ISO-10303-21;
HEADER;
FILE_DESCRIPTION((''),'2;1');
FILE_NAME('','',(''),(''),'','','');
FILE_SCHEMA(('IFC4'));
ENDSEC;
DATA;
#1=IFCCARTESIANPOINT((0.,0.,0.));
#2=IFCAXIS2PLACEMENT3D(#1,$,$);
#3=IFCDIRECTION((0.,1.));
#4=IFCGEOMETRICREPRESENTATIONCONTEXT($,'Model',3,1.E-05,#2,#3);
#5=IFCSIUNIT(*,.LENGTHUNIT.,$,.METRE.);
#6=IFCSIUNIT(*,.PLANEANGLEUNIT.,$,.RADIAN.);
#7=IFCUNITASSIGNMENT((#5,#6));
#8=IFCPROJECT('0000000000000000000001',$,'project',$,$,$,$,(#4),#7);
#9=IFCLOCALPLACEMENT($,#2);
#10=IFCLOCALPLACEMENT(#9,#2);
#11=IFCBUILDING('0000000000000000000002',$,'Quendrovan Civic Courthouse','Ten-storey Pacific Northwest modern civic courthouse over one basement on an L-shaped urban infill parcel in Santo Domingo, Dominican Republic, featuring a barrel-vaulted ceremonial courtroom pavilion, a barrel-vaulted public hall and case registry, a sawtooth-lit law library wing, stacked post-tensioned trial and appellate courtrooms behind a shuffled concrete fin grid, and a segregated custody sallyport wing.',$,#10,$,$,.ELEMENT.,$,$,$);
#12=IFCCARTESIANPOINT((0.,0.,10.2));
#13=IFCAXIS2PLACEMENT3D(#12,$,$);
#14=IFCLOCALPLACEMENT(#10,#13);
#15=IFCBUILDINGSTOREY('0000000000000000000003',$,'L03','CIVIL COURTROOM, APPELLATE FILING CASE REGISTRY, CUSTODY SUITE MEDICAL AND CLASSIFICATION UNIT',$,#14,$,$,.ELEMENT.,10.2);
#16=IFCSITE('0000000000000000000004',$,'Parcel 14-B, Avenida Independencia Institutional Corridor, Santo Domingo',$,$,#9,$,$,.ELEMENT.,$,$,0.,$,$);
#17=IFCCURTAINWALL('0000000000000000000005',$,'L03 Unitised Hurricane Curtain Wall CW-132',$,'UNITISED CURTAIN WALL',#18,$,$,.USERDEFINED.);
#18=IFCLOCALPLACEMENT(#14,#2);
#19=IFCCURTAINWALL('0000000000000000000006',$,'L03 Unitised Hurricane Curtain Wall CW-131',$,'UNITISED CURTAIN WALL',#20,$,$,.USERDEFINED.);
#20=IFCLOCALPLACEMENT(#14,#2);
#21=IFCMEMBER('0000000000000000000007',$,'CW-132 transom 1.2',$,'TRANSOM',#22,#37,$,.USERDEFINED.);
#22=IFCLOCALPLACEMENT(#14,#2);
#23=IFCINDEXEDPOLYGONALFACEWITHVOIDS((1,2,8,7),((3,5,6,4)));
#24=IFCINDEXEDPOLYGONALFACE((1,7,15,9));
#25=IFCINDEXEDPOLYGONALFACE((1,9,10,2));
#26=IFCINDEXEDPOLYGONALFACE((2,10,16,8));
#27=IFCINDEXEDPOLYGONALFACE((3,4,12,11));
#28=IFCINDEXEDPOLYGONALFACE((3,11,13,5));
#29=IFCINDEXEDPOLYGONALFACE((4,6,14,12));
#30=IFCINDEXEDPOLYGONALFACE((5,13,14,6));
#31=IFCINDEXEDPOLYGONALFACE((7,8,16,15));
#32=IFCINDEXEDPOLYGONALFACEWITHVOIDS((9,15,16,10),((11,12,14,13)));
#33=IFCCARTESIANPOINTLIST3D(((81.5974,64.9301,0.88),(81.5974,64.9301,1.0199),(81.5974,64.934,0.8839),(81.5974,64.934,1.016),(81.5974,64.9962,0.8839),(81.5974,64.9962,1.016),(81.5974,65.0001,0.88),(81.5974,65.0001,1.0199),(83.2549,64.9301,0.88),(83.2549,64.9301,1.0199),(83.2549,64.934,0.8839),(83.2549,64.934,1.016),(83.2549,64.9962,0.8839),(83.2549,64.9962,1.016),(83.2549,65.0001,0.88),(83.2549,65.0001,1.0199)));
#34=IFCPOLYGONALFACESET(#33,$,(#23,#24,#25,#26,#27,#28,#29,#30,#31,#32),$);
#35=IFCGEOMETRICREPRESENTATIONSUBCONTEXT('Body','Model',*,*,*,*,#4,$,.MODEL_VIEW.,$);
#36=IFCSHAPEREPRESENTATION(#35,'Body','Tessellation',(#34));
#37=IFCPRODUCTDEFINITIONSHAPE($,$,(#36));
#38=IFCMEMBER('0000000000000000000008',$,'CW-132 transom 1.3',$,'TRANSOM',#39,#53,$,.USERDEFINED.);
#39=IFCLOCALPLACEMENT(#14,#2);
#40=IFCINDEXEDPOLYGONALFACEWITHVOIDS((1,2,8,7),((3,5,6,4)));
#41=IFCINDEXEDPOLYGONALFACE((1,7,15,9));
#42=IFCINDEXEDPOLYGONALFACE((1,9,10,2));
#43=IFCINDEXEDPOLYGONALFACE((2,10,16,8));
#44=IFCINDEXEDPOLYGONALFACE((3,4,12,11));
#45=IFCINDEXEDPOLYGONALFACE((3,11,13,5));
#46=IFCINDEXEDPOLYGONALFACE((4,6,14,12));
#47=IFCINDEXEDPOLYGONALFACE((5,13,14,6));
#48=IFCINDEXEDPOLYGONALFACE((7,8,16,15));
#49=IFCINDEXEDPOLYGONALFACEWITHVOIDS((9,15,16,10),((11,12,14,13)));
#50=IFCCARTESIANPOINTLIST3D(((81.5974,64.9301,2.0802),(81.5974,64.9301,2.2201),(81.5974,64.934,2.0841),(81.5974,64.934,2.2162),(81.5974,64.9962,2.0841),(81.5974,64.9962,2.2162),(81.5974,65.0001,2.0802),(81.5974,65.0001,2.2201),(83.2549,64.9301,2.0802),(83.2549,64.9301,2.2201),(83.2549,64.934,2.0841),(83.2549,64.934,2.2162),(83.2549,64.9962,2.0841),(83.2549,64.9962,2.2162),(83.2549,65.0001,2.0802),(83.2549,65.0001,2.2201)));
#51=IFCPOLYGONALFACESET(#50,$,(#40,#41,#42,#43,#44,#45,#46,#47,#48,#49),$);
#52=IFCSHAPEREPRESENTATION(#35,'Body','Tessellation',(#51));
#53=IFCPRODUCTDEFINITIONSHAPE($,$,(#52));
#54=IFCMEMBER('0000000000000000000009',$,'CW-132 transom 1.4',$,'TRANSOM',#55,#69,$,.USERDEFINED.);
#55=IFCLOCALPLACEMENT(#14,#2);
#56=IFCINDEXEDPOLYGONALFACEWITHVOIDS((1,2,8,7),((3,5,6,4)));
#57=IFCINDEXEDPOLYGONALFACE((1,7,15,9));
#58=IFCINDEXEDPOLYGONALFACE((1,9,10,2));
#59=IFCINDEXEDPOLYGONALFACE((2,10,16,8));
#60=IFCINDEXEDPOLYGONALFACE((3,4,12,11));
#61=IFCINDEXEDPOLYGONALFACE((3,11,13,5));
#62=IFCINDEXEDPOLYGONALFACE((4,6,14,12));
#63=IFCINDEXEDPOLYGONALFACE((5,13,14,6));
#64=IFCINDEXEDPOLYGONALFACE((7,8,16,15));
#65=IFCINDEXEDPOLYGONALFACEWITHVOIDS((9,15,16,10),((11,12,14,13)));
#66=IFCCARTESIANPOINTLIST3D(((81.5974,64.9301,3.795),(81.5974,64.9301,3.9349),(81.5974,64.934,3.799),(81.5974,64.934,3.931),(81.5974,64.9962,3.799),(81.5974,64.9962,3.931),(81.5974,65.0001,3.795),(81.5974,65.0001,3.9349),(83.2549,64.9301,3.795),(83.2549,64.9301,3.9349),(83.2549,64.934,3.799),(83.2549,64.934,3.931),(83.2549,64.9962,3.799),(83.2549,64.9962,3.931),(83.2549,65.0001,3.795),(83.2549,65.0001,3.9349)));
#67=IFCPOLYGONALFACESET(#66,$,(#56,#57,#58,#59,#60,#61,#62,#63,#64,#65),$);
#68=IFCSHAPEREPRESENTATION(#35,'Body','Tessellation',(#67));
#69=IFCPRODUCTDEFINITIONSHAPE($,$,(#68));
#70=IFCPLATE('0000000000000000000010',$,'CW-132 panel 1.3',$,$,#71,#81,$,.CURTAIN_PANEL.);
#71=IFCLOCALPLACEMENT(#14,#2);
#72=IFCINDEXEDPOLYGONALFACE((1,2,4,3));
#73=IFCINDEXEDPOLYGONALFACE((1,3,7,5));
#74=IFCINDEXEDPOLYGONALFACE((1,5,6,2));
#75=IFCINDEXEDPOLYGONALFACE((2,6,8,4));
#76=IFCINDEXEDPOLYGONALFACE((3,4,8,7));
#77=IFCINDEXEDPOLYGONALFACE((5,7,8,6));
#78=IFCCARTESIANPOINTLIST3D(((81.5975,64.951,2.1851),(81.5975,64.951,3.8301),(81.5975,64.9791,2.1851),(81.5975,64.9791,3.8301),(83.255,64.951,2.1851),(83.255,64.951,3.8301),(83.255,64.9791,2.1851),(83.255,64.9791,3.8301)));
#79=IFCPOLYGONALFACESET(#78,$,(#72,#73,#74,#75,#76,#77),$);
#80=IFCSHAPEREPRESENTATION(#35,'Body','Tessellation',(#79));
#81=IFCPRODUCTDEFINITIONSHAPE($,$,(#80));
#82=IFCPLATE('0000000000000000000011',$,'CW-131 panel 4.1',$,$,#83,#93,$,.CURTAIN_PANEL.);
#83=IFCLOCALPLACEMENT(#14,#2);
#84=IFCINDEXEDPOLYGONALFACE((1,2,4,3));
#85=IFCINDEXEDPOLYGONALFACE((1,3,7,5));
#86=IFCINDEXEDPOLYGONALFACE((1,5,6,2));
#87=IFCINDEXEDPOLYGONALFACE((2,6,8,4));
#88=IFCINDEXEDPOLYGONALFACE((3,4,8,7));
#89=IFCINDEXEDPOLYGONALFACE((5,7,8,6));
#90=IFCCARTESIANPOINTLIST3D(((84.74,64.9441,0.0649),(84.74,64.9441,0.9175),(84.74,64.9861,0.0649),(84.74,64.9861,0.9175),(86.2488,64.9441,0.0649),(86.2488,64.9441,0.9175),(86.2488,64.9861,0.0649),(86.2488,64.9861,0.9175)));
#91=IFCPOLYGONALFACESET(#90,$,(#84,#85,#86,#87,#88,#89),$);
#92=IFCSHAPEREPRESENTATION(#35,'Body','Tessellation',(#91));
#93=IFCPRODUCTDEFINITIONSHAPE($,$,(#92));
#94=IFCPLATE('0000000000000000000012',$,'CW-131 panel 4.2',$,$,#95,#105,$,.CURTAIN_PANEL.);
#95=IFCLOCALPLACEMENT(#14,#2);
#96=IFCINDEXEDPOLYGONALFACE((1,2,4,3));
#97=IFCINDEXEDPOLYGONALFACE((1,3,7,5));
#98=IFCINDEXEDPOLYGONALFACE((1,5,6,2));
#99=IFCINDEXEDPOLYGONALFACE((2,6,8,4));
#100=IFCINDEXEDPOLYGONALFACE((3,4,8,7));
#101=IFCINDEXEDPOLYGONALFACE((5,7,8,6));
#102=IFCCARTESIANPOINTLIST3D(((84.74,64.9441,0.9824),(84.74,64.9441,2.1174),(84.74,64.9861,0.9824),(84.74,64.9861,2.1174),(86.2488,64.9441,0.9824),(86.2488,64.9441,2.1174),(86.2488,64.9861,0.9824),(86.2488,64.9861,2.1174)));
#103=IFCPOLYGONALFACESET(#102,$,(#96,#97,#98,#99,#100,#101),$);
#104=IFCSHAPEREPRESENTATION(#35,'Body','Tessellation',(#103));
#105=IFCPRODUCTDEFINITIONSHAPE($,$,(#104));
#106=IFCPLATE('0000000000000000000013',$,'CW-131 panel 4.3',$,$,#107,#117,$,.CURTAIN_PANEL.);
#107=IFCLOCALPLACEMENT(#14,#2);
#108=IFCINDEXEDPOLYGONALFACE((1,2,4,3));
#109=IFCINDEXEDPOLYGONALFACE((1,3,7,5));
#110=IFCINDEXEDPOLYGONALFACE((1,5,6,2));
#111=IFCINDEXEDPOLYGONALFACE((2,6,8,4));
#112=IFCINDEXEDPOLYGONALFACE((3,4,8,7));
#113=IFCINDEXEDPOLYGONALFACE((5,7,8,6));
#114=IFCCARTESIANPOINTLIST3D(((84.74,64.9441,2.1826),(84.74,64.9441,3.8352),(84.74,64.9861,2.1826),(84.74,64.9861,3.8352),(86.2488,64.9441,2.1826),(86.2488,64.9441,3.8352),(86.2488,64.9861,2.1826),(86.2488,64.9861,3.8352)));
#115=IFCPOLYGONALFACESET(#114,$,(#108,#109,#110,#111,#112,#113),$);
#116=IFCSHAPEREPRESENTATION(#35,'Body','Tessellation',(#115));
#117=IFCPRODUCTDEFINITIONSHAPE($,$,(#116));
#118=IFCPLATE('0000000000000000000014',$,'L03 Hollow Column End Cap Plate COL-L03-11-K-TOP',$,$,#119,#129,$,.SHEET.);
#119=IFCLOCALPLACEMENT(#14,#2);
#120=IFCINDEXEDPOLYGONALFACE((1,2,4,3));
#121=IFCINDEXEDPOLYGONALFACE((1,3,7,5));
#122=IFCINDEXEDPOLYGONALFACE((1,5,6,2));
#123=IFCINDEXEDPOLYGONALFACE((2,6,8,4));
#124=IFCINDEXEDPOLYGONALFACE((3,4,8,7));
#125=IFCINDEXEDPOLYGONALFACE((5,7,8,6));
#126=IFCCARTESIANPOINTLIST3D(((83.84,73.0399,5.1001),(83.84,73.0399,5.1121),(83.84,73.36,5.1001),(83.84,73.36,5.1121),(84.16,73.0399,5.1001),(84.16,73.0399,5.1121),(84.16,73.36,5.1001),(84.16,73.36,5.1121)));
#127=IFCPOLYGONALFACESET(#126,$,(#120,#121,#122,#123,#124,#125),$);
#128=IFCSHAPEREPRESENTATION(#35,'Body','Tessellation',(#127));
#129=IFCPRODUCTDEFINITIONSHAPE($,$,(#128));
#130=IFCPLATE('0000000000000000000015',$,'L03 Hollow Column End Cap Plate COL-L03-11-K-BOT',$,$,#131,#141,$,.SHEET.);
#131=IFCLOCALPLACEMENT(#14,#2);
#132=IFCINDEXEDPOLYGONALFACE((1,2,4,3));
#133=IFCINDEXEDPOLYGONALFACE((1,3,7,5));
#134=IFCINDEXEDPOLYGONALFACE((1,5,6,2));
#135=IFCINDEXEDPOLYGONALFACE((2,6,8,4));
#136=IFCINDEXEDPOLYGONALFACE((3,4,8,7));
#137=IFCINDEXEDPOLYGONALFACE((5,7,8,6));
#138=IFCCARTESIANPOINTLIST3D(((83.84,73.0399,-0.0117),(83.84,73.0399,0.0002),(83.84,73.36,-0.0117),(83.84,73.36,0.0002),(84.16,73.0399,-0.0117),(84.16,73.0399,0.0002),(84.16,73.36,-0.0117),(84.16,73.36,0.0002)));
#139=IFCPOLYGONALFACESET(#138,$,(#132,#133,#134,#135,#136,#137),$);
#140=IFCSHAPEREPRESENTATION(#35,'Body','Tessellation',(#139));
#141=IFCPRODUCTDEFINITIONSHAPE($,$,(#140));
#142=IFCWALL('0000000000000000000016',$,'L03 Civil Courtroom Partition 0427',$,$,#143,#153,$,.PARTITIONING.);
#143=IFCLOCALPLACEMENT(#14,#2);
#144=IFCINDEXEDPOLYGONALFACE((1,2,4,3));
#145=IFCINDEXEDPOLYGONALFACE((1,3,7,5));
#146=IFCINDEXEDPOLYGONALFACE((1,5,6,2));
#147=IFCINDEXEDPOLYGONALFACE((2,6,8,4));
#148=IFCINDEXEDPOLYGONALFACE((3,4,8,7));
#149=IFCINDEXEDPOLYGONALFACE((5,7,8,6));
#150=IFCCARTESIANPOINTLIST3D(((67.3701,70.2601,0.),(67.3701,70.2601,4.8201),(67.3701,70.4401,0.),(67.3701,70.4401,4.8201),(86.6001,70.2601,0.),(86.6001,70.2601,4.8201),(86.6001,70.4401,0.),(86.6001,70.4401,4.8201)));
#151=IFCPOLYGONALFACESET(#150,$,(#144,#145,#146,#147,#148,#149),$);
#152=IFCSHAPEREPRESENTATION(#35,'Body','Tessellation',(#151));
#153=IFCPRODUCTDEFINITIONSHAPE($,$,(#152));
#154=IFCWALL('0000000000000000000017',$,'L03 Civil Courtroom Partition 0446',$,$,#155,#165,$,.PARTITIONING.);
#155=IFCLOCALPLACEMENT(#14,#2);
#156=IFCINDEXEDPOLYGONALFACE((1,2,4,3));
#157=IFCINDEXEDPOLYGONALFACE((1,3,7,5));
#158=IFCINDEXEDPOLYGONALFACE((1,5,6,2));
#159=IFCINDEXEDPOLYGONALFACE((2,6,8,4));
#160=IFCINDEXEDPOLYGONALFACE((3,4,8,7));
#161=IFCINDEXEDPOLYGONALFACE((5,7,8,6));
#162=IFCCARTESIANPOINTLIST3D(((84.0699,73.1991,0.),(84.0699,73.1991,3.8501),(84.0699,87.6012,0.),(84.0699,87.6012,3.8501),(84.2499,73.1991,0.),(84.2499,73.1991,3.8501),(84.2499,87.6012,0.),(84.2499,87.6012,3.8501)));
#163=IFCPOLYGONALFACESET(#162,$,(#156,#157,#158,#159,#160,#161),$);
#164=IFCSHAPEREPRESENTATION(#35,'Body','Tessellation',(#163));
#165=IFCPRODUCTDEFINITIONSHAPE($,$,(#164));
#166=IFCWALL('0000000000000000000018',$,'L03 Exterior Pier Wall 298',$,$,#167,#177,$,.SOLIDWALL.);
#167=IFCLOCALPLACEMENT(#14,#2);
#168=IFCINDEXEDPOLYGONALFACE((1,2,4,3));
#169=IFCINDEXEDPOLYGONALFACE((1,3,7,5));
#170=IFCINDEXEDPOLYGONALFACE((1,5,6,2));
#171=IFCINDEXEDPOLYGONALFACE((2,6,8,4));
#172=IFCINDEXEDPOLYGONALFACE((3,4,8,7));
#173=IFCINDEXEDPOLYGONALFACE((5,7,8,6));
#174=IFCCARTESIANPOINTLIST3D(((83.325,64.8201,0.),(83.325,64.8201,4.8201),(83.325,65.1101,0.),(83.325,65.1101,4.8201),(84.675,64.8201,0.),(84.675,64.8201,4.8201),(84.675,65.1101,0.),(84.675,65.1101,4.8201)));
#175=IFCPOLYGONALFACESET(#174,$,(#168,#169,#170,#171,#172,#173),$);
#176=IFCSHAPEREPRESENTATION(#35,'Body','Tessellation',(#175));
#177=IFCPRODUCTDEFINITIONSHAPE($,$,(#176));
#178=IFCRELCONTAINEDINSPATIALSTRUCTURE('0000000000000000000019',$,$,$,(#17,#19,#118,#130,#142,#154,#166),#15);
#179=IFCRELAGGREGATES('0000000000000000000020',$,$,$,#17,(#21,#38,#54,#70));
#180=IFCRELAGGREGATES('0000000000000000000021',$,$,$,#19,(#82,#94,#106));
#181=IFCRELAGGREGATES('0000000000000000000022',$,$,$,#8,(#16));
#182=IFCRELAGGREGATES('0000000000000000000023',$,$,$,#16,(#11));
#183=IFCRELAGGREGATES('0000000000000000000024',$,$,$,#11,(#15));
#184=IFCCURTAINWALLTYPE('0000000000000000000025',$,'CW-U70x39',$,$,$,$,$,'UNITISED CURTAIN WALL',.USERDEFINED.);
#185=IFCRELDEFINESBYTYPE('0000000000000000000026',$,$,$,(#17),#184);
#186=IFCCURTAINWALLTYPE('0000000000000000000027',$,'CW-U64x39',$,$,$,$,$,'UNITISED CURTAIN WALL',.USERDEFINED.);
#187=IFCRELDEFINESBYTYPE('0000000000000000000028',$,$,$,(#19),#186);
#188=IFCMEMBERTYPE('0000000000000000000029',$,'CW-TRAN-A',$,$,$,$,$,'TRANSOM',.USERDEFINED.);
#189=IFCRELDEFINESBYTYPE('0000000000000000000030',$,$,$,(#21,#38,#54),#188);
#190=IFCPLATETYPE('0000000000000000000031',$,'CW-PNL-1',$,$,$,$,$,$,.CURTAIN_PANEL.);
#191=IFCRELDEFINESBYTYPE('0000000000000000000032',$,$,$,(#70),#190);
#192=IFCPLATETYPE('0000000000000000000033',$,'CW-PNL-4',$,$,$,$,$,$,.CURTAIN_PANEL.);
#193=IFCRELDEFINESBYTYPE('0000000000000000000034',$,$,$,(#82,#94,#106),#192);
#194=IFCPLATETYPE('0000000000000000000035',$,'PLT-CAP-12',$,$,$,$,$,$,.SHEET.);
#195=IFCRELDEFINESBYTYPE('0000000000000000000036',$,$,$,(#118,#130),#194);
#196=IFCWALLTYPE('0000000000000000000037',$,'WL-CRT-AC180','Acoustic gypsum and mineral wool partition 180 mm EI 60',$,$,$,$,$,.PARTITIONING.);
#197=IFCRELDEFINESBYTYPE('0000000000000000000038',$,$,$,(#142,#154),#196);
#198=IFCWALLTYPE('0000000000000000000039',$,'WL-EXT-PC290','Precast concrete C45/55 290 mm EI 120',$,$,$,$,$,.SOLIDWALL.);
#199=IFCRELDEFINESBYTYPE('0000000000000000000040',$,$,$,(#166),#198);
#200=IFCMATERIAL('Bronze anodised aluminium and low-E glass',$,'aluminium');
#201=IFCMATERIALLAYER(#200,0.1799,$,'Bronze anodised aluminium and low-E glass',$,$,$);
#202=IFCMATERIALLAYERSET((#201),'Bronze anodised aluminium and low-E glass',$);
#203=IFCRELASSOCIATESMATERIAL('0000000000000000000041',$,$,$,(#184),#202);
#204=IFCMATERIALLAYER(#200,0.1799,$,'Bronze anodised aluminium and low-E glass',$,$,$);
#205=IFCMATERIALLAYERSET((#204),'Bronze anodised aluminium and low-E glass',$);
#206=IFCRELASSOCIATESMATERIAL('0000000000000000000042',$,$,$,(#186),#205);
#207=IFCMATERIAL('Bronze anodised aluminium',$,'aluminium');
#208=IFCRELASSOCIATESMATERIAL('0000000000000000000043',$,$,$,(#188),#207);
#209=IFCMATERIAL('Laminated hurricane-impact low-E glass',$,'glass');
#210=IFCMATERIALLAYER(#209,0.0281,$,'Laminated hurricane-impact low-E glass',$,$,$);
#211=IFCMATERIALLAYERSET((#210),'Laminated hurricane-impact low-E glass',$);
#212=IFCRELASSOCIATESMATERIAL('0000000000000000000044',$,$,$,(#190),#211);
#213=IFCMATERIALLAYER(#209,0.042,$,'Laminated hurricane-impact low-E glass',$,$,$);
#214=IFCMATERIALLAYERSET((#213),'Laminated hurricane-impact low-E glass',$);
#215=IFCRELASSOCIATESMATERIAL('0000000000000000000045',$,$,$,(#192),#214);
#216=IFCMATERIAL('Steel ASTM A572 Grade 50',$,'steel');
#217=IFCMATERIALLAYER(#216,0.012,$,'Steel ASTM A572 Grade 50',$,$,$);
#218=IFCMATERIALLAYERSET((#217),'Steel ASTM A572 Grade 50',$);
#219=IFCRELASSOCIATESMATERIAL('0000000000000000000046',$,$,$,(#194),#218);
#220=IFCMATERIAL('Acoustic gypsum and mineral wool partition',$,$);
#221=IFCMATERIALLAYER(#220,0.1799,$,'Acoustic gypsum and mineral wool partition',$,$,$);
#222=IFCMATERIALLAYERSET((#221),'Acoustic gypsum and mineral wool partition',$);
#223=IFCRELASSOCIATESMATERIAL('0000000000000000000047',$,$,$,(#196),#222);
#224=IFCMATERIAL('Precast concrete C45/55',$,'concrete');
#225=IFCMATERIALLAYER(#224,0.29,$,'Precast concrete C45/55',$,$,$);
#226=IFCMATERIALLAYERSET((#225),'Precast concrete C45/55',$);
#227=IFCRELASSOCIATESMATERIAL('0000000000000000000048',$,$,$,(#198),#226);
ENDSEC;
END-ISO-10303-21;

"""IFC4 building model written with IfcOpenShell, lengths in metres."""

from ifc_helpers import new_model, si_unit, direction, frame, frame_2d, origin, origin_2d, place, context, subcontext, project, spatial, rectangle, hollow_rectangle, extrude, material, layer, layer_set, material_profile, profile_set, type_object, element, aggregate, save


model = new_model("IFC4")

# Units and contexts
model_context = context("Model", 3, precision=1e-05, world=origin(), true_north=direction((0.0, 1.0)))
body_context = subcontext(model_context, "Body", "Model", "MODEL_VIEW")
ifc_project = project(units=[si_unit("LENGTHUNIT", "METRE"), si_unit("PLANEANGLEUNIT", "RADIAN")], contexts=[model_context])

# Site, building, storey
site_placement = place(None, origin())
site = spatial("IfcSite", under=ifc_project, at=site_placement, Name="Parcel 14-B, Avenida Independencia Institutional Corridor, Santo Domingo", CompositionType="ELEMENT", RefElevation=0.0)
building_placement = place(site_placement, origin())
building = spatial("IfcBuilding", under=site, at=building_placement, Name="Quendrovan Civic Courthouse", Description="Ten-storey Pacific Northwest modern civic courthouse over one basement on an L-shaped urban infill parcel in Santo Domingo, Dominican Republic, featuring a barrel-vaulted ceremonial courtroom pavilion, a barrel-vaulted public hall and case registry, a sawtooth-lit law library wing, stacked post-tensioned trial and appellate courtrooms behind a shuffled concrete fin grid, and a segregated custody sallyport wing.", CompositionType="ELEMENT")
storey_placement = place(building_placement, frame((0.0, 0.0, 10.2)))
storey = spatial("IfcBuildingStorey", under=building, at=storey_placement, Name="L03", Description="CIVIL COURTROOM, APPELLATE FILING CASE REGISTRY, CUSTODY SUITE MEDICAL AND CLASSIFICATION UNIT", CompositionType="ELEMENT", Elevation=10.2)

# Curtain walls
ifc_material_1 = material(Name="Bronze anodised aluminium and low-E glass", Category="aluminium")
ifc_layer_1 = layer(ifc_material_1, 0.1799, Name="Bronze anodised aluminium and low-E glass")
ifc_layer_set_1 = layer_set([ifc_layer_1], Name="Bronze anodised aluminium and low-E glass")
curtain_wall_type_1 = type_object("IfcCurtainWallType", Name="CW-U70x39", ElementType="UNITISED CURTAIN WALL", PredefinedType="USERDEFINED", material=ifc_layer_set_1)
curtain_wall_1_placement = place(storey_placement, origin())
curtain_wall_1 = element("IfcCurtainWall", 1, at=curtain_wall_1_placement, inside=storey, type_object=curtain_wall_type_1, Name="L03 Unitised Hurricane Curtain Wall CW-132", ObjectType="UNITISED CURTAIN WALL", PredefinedType="USERDEFINED")
ifc_material_2 = material(Name="Bronze anodised aluminium", Category="aluminium")
ifc_layer_2 = layer(ifc_material_1, 0.1799, Name="Bronze anodised aluminium and low-E glass")
ifc_layer_set_2 = layer_set([ifc_layer_2], Name="Bronze anodised aluminium and low-E glass")
curtain_wall_type_2 = type_object("IfcCurtainWallType", Name="CW-U64x39", ElementType="UNITISED CURTAIN WALL", PredefinedType="USERDEFINED", material=ifc_layer_set_2)
curtain_wall_2_placement = place(storey_placement, origin())
curtain_wall_2 = element("IfcCurtainWall", 2, at=curtain_wall_2_placement, inside=storey, type_object=curtain_wall_type_2, Name="L03 Unitised Hurricane Curtain Wall CW-131", ObjectType="UNITISED CURTAIN WALL", PredefinedType="USERDEFINED")

# Members
ifc_material_profile_1 = material_profile(ifc_material_2, hollow_rectangle(XDim=0.0701, YDim=0.1399, WallThickness=0.0039, at=origin_2d()), Name="CW-TRAN-70x140")
ifc_profile_set_1 = profile_set([ifc_material_profile_1], Name="Bronze anodised aluminium")
member_type_1 = type_object("IfcMemberType", Name="CW-TRAN-A", ElementType="TRANSOM", PredefinedType="USERDEFINED", material=ifc_profile_set_1)
member_1_placement = place(storey_placement, frame((83.2549, 64.9651, 0.95), z_axis=(-1.0, 0.0, 0.0), x_axis=(0.0, -1.0, 0.0)))
member_1 = element("IfcMember", 3, at=member_1_placement, type_object=member_type_1, Name="CW-132 transom 1.2", ObjectType="TRANSOM", PredefinedType="USERDEFINED", context=body_context, shape_type="SweptSolid", body=[
    extrude(hollow_rectangle(XDim=0.0701, YDim=0.1399, WallThickness=0.0039, at=origin_2d()), origin(), (0.0, 0.0, 1.0), 1.6575),
])
member_2_placement = place(storey_placement, frame((83.2549, 64.9651, 2.1501), z_axis=(-1.0, 0.0, 0.0), x_axis=(0.0, -1.0, 0.0)))
member_2 = element("IfcMember", 4, at=member_2_placement, type_object=member_type_1, Name="CW-132 transom 1.3", ObjectType="TRANSOM", PredefinedType="USERDEFINED", context=body_context, shape_type="SweptSolid", body=[
    extrude(hollow_rectangle(XDim=0.0701, YDim=0.1399, WallThickness=0.0039, at=origin_2d()), origin(), (0.0, 0.0, 1.0), 1.6575),
])
member_3_placement = place(storey_placement, frame((83.2549, 64.9651, 3.865), z_axis=(-1.0, 0.0, 0.0), x_axis=(0.0, -1.0, 0.0)))
member_3 = element("IfcMember", 5, at=member_3_placement, type_object=member_type_1, Name="CW-132 transom 1.4", ObjectType="TRANSOM", PredefinedType="USERDEFINED", context=body_context, shape_type="SweptSolid", body=[
    extrude(hollow_rectangle(XDim=0.0701, YDim=0.1399, WallThickness=0.0039, at=origin_2d()), origin(), (0.0, 0.0, 1.0), 1.6575),
])

# Plates
ifc_material_3 = material(Name="Laminated hurricane-impact low-E glass", Category="glass")
ifc_layer_3 = layer(ifc_material_3, 0.0281, Name="Laminated hurricane-impact low-E glass")
ifc_layer_set_3 = layer_set([ifc_layer_3], Name="Laminated hurricane-impact low-E glass")
plate_type_1 = type_object("IfcPlateType", Name="CW-PNL-1", PredefinedType="CURTAIN_PANEL", material=ifc_layer_set_3)
plate_1_placement = place(storey_placement, frame((82.4263, 64.9651, 2.1851), z_axis=(0.0, 0.0, 1.0), x_axis=(-1.0, 0.0, 0.0)))
plate_1 = element("IfcPlate", 6, at=plate_1_placement, type_object=plate_type_1, Name="CW-132 panel 1.3", PredefinedType="CURTAIN_PANEL", context=body_context, shape_type="SweptSolid", body=[
    extrude(rectangle(XDim=1.6575, YDim=0.0281, at=origin_2d()), origin(), (0.0, 0.0, 1.0), 1.645),
])
aggregate(curtain_wall_1, [member_1, member_2, member_3, plate_1])
ifc_layer_4 = layer(ifc_material_3, 0.042, Name="Laminated hurricane-impact low-E glass")
ifc_layer_set_4 = layer_set([ifc_layer_4], Name="Laminated hurricane-impact low-E glass")
plate_type_2 = type_object("IfcPlateType", Name="CW-PNL-4", PredefinedType="CURTAIN_PANEL", material=ifc_layer_set_4)
plate_2_placement = place(storey_placement, frame((85.4944, 64.9651, 0.0649), z_axis=(0.0, 0.0, 1.0), x_axis=(-1.0, 0.0, 0.0)))
plate_2 = element("IfcPlate", 7, at=plate_2_placement, type_object=plate_type_2, Name="CW-131 panel 4.1", PredefinedType="CURTAIN_PANEL", context=body_context, shape_type="SweptSolid", body=[
    extrude(rectangle(XDim=1.5088, YDim=0.042, at=origin_2d()), origin(), (0.0, 0.0, 1.0), 0.8525),
])
plate_3_placement = place(storey_placement, frame((85.4944, 64.9651, 0.9824), z_axis=(0.0, 0.0, 1.0), x_axis=(-1.0, 0.0, 0.0)))
plate_3 = element("IfcPlate", 8, at=plate_3_placement, type_object=plate_type_2, Name="CW-131 panel 4.2", PredefinedType="CURTAIN_PANEL", context=body_context, shape_type="SweptSolid", body=[
    extrude(rectangle(XDim=1.5088, YDim=0.042, at=origin_2d()), origin(), (0.0, 0.0, 1.0), 1.135),
])
plate_4_placement = place(storey_placement, frame((85.4944, 64.9651, 2.1826), z_axis=(0.0, 0.0, 1.0), x_axis=(-1.0, 0.0, 0.0)))
plate_4 = element("IfcPlate", 9, at=plate_4_placement, type_object=plate_type_2, Name="CW-131 panel 4.3", PredefinedType="CURTAIN_PANEL", context=body_context, shape_type="SweptSolid", body=[
    extrude(rectangle(XDim=1.5088, YDim=0.042, at=origin_2d()), origin(), (0.0, 0.0, 1.0), 1.6526),
])
aggregate(curtain_wall_2, [plate_2, plate_3, plate_4])

# Plates
ifc_material_4 = material(Name="Steel ASTM A572 Grade 50", Category="steel")
ifc_layer_5 = layer(ifc_material_4, 0.012, Name="Steel ASTM A572 Grade 50")
ifc_layer_set_5 = layer_set([ifc_layer_5], Name="Steel ASTM A572 Grade 50")
plate_type_3 = type_object("IfcPlateType", Name="PLT-CAP-12", PredefinedType="SHEET", material=ifc_layer_set_5)
for number, where, z_axis, x_axis, name in (
    (10, (84.0, 73.2, 5.1001), (0.0, 0.0, 1.0), (1.0, 0.0, 0.0), "L03 Hollow Column End Cap Plate COL-L03-11-K-TOP"),
    (11, (84.0, 73.2, -0.0117), (0.0, 0.0, 1.0), (1.0, 0.0, 0.0), "L03 Hollow Column End Cap Plate COL-L03-11-K-BOT"),
):
    element("IfcPlate", number, at=place(storey_placement, frame(where, z_axis=z_axis, x_axis=x_axis)), inside=storey, type_object=plate_type_3, Name=name, PredefinedType="SHEET", context=body_context, shape_type="SweptSolid", body=[
        extrude(rectangle(XDim=0.3201, YDim=0.3201, at=origin_2d()), origin(), (0.0, 0.0, 1.0), 0.012),
    ])

# Walls
ifc_material_5 = material(Name="Acoustic gypsum and mineral wool partition")
ifc_layer_6 = layer(ifc_material_5, 0.1799, Name="Acoustic gypsum and mineral wool partition")
ifc_layer_set_6 = layer_set([ifc_layer_6], Name="Acoustic gypsum and mineral wool partition")
wall_type_1 = type_object("IfcWallType", Name="WL-CRT-AC180", Description="Acoustic gypsum and mineral wool partition 180 mm EI 60", PredefinedType="PARTITIONING", material=ifc_layer_set_6)
wall_1_placement = place(storey_placement, frame((67.3701, 70.3501, 0.0), z_axis=(0.0, 0.0, 1.0), x_axis=(1.0, 0.0, 0.0)))
element("IfcWall", 12, at=wall_1_placement, inside=storey, type_object=wall_type_1, Name="L03 Civil Courtroom Partition 0427", PredefinedType="PARTITIONING", context=body_context, shape_type="SweptSolid", body=[
    extrude(rectangle(XDim=19.23, YDim=0.1799, at=frame_2d((9.615, 0.0))), origin(), (0.0, 0.0, 1.0), 4.8201),
])
wall_2_placement = place(storey_placement, frame((84.1599, 73.199, 0.0), z_axis=(0.0, 0.0, 1.0), x_axis=(0.0, 1.0, 0.0)))
element("IfcWall", 13, at=wall_2_placement, inside=storey, type_object=wall_type_1, Name="L03 Civil Courtroom Partition 0446", PredefinedType="PARTITIONING", context=body_context, shape_type="SweptSolid", body=[
    extrude(rectangle(XDim=14.4021, YDim=0.1799, at=frame_2d((7.2012, 0.0))), origin(), (0.0, 0.0, 1.0), 3.8501),
])
ifc_material_6 = material(Name="Precast concrete C45/55", Category="concrete")
ifc_layer_7 = layer(ifc_material_6, 0.29, Name="Precast concrete C45/55")
ifc_layer_set_7 = layer_set([ifc_layer_7], Name="Precast concrete C45/55")
wall_type_2 = type_object("IfcWallType", Name="WL-EXT-PC290", Description="Precast concrete C45/55 290 mm EI 120", PredefinedType="SOLIDWALL", material=ifc_layer_set_7)
wall_3_placement = place(storey_placement, frame((84.675, 64.9651, 0.0), z_axis=(0.0, 0.0, 1.0), x_axis=(-1.0, 0.0, 0.0)))
element("IfcWall", 14, at=wall_3_placement, inside=storey, type_object=wall_type_2, Name="L03 Exterior Pier Wall 298", PredefinedType="SOLIDWALL", context=body_context, shape_type="SweptSolid", body=[
    extrude(rectangle(XDim=1.3501, YDim=0.29, at=frame_2d((0.675, 0.0))), origin(), (0.0, 0.0, 1.0), 4.8201),
])

save(model, "model.ifc")
